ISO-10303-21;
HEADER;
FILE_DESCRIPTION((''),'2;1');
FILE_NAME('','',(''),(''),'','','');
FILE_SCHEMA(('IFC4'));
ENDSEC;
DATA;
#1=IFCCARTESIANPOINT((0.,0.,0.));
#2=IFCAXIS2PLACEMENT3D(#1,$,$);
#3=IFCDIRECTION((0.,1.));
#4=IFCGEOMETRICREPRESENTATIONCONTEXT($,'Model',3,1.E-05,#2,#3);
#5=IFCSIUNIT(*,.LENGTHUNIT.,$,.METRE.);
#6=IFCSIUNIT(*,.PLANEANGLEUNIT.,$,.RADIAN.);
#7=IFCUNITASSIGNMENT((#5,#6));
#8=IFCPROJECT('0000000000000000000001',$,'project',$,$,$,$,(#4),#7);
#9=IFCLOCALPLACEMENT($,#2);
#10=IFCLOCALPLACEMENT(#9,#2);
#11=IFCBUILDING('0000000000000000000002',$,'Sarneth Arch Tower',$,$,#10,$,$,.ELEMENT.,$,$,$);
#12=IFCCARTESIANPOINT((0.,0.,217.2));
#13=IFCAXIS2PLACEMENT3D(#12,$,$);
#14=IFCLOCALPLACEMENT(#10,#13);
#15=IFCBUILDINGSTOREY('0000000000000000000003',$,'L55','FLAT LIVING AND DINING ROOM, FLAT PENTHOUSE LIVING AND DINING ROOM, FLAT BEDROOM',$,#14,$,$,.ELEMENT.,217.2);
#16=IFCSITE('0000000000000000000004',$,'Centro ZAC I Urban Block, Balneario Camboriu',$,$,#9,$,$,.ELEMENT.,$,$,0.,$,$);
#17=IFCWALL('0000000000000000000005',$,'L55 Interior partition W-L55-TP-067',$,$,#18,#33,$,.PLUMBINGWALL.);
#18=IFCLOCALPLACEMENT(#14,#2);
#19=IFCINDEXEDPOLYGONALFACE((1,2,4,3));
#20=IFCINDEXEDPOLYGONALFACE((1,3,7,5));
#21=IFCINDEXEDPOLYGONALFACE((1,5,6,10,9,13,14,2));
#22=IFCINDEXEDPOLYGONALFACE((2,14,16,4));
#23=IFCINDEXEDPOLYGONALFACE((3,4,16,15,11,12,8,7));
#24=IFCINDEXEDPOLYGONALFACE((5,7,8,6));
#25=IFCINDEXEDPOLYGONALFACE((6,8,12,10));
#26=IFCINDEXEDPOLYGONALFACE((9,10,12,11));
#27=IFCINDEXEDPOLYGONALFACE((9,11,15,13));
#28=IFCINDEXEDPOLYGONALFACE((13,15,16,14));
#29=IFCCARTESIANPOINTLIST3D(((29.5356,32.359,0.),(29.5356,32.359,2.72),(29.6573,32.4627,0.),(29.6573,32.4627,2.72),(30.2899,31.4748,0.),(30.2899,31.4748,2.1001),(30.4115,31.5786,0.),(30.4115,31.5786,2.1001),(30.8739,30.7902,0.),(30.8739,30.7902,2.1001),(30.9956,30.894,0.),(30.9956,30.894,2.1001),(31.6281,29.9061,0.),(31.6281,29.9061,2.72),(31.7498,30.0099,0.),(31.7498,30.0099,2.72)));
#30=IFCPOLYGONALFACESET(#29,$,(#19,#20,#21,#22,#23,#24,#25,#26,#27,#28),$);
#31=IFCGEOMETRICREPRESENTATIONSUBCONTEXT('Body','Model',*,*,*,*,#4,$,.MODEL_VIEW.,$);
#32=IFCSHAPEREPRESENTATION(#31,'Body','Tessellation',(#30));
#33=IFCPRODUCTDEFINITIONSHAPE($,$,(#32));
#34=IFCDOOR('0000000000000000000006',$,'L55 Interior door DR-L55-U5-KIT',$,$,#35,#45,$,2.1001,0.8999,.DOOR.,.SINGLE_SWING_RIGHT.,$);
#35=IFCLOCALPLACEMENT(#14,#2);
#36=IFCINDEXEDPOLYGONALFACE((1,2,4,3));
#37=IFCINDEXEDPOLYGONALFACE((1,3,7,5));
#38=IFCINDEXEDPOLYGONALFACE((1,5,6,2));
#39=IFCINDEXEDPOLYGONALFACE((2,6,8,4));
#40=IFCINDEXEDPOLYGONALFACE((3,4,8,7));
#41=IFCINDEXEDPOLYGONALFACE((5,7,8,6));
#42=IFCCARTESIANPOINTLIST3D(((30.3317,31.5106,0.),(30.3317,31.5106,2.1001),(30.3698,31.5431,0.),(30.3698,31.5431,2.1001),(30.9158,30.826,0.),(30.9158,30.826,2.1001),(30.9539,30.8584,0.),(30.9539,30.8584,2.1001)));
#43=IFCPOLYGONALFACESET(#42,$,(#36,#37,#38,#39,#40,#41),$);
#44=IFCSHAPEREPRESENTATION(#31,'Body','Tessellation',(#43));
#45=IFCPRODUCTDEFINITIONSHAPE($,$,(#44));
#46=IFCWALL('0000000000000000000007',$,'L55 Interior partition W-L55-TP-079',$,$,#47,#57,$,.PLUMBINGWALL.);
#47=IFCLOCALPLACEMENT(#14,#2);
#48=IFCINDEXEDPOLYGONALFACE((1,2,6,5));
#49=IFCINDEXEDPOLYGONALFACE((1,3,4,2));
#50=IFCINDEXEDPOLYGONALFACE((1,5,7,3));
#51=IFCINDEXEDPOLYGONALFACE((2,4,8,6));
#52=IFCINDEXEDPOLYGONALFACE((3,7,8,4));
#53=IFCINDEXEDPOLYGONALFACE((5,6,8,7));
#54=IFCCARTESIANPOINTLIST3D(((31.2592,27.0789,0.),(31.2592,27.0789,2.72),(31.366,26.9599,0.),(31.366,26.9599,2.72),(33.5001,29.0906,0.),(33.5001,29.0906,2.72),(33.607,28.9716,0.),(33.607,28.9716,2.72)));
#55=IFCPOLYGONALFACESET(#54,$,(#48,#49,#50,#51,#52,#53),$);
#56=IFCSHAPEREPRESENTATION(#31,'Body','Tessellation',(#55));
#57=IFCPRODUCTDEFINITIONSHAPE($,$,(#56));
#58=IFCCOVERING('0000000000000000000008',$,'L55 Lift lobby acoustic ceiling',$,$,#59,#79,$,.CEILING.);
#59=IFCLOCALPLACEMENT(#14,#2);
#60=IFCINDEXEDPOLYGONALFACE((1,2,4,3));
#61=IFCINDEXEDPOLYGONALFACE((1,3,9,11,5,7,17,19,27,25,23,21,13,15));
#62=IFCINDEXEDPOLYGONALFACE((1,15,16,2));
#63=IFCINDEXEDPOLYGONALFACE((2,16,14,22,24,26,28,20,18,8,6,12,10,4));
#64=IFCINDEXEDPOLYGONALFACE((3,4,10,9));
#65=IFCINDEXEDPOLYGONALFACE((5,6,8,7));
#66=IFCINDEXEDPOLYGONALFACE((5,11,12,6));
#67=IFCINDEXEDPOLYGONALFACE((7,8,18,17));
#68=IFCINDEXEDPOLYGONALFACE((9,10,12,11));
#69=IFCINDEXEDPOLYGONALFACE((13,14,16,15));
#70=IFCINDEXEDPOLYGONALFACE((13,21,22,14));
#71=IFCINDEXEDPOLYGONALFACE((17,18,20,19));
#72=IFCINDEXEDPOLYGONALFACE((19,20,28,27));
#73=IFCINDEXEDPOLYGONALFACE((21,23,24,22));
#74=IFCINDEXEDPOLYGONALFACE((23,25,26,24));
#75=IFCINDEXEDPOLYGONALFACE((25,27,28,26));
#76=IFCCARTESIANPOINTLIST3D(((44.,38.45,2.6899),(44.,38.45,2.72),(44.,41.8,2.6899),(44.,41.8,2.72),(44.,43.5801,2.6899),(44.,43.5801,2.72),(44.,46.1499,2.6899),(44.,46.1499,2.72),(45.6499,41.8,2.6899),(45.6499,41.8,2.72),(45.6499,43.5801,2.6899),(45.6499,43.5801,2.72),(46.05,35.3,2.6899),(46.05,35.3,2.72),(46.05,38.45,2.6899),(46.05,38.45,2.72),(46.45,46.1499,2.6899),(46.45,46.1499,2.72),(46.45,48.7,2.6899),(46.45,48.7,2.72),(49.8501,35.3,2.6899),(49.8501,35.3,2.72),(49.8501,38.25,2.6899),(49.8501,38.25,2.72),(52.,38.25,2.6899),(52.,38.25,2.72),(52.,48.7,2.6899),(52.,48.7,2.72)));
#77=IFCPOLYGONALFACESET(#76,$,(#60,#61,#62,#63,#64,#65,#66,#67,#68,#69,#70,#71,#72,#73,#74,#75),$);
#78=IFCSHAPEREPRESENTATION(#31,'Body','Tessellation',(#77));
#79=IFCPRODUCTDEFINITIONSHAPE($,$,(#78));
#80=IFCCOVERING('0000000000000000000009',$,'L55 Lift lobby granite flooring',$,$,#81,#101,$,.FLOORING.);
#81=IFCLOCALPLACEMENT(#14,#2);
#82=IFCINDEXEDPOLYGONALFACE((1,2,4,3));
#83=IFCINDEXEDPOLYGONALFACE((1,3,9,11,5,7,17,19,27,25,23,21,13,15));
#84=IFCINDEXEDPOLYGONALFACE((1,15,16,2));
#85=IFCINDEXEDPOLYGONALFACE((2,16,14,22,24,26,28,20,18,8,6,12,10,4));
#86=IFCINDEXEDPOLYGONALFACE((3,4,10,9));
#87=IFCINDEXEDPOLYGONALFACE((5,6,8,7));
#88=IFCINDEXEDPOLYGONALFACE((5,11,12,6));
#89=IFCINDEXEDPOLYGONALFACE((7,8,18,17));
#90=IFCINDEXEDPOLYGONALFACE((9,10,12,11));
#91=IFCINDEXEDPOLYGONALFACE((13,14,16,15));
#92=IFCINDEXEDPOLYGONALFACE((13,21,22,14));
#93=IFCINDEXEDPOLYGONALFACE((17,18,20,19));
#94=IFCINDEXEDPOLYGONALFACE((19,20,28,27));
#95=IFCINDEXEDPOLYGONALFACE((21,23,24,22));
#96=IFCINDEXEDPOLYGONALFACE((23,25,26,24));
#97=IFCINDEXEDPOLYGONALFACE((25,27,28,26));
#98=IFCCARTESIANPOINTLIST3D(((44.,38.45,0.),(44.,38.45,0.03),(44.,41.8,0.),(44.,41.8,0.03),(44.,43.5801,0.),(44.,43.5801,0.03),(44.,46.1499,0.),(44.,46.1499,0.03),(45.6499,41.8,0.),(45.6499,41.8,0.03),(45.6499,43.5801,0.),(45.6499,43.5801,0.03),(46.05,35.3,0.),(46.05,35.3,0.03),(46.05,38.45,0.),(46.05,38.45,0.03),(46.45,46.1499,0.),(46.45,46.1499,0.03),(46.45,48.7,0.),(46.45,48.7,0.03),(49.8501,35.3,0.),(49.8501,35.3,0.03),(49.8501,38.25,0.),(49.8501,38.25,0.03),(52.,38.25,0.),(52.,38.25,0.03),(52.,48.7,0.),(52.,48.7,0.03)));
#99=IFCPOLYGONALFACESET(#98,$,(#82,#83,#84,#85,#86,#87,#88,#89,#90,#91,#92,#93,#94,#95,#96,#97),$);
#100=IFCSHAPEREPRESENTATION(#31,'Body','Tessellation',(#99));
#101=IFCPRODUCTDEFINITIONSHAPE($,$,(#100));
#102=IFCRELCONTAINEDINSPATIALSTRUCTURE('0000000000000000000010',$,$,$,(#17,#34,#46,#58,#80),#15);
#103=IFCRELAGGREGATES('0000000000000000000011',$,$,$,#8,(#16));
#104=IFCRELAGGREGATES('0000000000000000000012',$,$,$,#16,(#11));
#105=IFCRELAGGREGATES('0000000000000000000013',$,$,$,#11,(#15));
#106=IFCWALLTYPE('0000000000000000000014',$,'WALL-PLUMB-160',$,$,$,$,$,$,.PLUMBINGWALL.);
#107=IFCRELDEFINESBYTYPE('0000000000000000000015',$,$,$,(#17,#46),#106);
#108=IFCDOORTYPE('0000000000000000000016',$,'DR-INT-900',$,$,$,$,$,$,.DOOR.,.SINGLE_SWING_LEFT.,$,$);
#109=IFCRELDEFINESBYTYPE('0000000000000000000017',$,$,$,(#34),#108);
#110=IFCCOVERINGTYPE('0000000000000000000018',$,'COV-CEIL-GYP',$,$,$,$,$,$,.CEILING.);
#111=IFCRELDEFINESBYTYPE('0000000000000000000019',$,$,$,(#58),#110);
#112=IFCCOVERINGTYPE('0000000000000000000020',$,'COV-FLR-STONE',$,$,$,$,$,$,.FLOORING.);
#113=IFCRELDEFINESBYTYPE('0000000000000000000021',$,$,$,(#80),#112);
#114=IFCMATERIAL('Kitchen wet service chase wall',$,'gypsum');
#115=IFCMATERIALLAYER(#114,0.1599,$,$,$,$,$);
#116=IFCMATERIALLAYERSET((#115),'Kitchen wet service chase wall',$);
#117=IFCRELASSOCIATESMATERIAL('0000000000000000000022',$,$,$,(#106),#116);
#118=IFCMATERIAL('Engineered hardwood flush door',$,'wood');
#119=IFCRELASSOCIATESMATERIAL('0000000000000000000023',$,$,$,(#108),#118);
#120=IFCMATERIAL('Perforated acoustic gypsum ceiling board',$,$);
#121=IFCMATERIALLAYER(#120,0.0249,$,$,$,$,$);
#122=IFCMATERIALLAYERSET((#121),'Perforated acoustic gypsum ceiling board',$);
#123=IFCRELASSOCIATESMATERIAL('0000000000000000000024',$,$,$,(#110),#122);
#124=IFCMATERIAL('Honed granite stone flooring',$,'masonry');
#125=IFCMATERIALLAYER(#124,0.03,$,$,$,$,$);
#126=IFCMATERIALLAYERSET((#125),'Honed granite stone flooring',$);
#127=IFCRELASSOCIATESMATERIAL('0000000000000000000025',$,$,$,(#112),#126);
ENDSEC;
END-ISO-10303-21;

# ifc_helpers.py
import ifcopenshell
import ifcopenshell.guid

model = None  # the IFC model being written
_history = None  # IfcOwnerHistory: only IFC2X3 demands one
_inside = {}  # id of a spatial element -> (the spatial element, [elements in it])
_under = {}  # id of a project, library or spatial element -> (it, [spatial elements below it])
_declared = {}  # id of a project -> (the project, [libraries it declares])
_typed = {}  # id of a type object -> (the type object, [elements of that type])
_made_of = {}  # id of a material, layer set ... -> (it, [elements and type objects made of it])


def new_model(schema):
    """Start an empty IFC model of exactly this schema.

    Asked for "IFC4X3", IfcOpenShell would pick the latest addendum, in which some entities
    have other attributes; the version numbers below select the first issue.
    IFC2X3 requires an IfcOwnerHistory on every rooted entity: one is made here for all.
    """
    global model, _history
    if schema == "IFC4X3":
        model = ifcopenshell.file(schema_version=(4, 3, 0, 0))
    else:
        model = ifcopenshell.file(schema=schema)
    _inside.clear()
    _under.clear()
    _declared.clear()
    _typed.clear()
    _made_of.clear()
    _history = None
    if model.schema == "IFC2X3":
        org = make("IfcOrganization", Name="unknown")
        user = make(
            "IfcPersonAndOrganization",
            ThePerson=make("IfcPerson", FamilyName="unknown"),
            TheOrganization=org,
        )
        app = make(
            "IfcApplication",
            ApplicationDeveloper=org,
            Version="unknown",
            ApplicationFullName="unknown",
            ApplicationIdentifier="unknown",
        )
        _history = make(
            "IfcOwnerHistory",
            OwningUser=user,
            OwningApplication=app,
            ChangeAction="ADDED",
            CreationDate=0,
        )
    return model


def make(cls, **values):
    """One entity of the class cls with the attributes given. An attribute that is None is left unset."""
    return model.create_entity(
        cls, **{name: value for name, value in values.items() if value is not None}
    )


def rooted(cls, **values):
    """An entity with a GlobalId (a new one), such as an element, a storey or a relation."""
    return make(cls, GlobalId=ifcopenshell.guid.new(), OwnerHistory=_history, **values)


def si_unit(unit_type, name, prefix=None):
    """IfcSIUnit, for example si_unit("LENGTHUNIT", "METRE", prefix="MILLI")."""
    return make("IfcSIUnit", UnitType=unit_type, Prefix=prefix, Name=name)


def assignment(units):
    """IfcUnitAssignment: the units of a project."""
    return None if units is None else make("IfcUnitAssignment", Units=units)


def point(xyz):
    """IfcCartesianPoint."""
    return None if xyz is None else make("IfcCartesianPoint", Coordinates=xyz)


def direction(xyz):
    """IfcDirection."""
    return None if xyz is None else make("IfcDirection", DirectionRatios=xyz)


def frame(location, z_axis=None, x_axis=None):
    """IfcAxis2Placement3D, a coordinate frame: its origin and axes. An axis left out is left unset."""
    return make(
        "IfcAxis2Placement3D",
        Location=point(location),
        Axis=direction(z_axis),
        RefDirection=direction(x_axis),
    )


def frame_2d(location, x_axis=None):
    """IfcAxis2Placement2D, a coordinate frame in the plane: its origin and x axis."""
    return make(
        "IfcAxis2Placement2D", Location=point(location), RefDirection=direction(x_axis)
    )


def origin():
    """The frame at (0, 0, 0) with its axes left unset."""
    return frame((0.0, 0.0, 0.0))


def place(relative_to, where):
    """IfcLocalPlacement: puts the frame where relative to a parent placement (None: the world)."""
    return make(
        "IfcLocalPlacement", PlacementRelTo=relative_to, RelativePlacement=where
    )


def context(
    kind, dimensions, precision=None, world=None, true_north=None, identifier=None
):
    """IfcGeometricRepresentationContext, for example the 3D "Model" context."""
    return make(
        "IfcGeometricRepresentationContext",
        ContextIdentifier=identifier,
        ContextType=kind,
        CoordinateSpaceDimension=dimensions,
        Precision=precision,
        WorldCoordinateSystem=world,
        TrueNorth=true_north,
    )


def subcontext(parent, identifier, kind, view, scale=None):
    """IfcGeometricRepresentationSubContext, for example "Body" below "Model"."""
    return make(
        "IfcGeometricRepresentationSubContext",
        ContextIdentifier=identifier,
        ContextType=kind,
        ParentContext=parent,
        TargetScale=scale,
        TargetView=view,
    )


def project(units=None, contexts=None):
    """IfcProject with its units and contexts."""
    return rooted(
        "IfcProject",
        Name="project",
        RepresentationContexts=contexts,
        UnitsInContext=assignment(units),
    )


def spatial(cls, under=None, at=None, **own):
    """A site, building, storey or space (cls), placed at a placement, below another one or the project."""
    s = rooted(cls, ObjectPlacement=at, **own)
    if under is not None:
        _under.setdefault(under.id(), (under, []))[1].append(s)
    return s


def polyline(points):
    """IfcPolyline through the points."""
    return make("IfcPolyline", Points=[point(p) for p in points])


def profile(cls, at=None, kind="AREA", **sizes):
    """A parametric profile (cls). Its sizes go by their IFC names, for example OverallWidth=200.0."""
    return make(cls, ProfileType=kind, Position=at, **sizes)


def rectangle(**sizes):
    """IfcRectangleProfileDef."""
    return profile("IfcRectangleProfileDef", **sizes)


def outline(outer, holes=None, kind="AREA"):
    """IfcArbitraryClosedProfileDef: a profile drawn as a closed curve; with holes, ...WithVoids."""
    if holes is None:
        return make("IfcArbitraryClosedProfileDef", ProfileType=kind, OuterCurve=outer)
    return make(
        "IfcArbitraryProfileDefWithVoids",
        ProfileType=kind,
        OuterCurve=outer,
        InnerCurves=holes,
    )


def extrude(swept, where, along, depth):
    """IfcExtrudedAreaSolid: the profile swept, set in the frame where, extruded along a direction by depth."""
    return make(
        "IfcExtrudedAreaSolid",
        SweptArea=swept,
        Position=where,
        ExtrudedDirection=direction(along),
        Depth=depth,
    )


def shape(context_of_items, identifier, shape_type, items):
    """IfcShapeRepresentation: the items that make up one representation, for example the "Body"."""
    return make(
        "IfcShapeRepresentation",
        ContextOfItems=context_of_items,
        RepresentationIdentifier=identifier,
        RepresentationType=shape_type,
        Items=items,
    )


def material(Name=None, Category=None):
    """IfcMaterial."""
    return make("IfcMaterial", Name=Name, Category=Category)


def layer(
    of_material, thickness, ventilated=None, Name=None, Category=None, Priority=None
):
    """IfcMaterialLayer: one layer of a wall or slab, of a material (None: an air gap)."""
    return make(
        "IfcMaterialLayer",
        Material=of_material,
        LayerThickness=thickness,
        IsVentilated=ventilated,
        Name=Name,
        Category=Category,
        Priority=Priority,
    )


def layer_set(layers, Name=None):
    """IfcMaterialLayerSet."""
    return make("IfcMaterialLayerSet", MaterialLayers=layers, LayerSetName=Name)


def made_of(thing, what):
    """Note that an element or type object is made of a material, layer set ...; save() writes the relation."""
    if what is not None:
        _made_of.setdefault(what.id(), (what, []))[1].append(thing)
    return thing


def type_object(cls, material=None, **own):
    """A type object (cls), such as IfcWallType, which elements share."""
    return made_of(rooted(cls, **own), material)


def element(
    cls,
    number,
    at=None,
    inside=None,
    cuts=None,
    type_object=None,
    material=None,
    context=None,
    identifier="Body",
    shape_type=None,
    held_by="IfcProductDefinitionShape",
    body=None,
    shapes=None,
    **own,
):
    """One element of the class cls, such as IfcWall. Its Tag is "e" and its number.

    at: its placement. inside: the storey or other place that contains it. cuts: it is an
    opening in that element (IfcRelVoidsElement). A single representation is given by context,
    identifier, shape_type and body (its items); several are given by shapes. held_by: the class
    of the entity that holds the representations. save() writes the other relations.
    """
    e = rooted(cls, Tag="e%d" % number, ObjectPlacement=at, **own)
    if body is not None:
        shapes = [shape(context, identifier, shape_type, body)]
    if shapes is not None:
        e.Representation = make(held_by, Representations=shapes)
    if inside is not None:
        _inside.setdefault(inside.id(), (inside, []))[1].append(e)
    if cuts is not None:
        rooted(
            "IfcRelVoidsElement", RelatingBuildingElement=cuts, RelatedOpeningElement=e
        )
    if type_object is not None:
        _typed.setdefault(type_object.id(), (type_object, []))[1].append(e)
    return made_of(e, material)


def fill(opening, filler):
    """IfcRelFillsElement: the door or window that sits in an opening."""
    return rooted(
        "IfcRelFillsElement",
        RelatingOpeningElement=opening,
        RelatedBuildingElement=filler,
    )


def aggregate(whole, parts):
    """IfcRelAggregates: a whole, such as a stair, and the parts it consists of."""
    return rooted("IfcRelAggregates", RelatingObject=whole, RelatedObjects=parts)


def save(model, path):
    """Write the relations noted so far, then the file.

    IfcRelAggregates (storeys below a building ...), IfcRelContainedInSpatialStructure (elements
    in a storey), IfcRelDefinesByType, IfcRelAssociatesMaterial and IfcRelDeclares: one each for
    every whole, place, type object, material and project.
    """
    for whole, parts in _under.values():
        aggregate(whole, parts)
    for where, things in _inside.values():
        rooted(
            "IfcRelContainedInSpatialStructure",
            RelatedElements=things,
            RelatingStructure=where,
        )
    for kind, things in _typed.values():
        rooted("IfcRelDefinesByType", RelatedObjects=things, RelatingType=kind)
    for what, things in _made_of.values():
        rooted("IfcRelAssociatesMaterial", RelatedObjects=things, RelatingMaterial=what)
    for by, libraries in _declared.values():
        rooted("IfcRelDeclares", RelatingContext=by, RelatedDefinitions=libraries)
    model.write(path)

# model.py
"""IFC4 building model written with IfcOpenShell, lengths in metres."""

from ifc_helpers import new_model, si_unit, direction, frame, frame_2d, origin, place, context, subcontext, project, spatial, polyline, rectangle, outline, extrude, material, layer, layer_set, type_object, element, fill, save


model = new_model("IFC4")

# Units and contexts
model_context = context("Model", 3, precision=1e-05, world=origin(), true_north=direction((0.0, 1.0)))
body_context = subcontext(model_context, "Body", "Model", "MODEL_VIEW")
ifc_project = project(units=[si_unit("LENGTHUNIT", "METRE"), si_unit("PLANEANGLEUNIT", "RADIAN")], contexts=[model_context])

# Site, building, storey
site_placement = place(None, origin())
site = spatial("IfcSite", under=ifc_project, at=site_placement, Name="Centro ZAC I Urban Block, Balneario Camboriu", CompositionType="ELEMENT", RefElevation=0.0)
building_placement = place(site_placement, origin())
building = spatial("IfcBuilding", under=site, at=building_placement, Name="Sarneth Arch Tower", CompositionType="ELEMENT")
storey_placement = place(building_placement, frame((0.0, 0.0, 217.2)))
storey = spatial("IfcBuildingStorey", under=building, at=storey_placement, Name="L55", Description="FLAT LIVING AND DINING ROOM, FLAT PENTHOUSE LIVING AND DINING ROOM, FLAT BEDROOM", CompositionType="ELEMENT", Elevation=217.2)

# Wall, opening, door
ifc_material_1 = material(Name="Kitchen wet service chase wall", Category="gypsum")
ifc_layer_1 = layer(ifc_material_1, 0.1599)
ifc_layer_set_1 = layer_set([ifc_layer_1], Name="Kitchen wet service chase wall")
wall_type_1 = type_object("IfcWallType", Name="WALL-PLUMB-160", PredefinedType="PLUMBINGWALL", material=ifc_layer_set_1)
wall_1_placement = place(storey_placement, frame((31.689, 29.958, 0.0), z_axis=(0.0, 0.0, 1.0), x_axis=(-0.649012, 0.760778, 0.0)))
wall_1 = element("IfcWall", 1, at=wall_1_placement, inside=storey, type_object=wall_type_1, Name="L55 Interior partition W-L55-TP-067", PredefinedType="PLUMBINGWALL", context=body_context, shape_type="SweptSolid", body=[
    extrude(rectangle(XDim=3.2241, YDim=0.1599, at=frame_2d((1.6121, 0.0))), origin(), (0.0, 0.0, 1.0), 2.72),
])
opening_1_placement = place(wall_1_placement, frame((1.1621, 0.0, 0.0)))
opening_1 = element("IfcOpeningElement", 2, at=opening_1_placement, cuts=wall_1, PredefinedType="OPENING", context=body_context, shape_type="SweptSolid", body=[
    extrude(rectangle(XDim=0.8999, YDim=2.1001, at=frame_2d((0.45, 1.05))), frame((0.0, 0.0898, 0.0), z_axis=(0.0, -1.0, 0.0), x_axis=(1.0, 0.0, 0.0)), (0.0, 0.0, 1.0), 0.1799),
])
ifc_material_2 = material(Name="Engineered hardwood flush door", Category="wood")
door_type = type_object("IfcDoorType", Name="DR-INT-900", OperationType="SINGLE_SWING_LEFT", PredefinedType="DOOR", material=ifc_material_2)
door_placement = place(opening_1_placement, origin())
door = element("IfcDoor", 3, at=door_placement, inside=storey, type_object=door_type, Name="L55 Interior door DR-L55-U5-KIT", OperationType="SINGLE_SWING_RIGHT", OverallHeight=2.1001, OverallWidth=0.8999, PredefinedType="DOOR", context=body_context, shape_type="SweptSolid", body=[
    extrude(rectangle(XDim=0.8999, YDim=2.1001, at=frame_2d((0.45, 1.05))), frame((0.0, 0.0249, 0.0), z_axis=(0.0, -1.0, 0.0), x_axis=(1.0, 0.0, 0.0)), (0.0, 0.0, 1.0), 0.05),
])
fill(opening_1, door)

# Wall
wall_2_placement = place(storey_placement, frame((31.3125, 27.0193, 0.0), z_axis=(0.0, 0.0, 1.0), x_axis=(0.744144, 0.668019, 0.0)))
element("IfcWall", 4, at=wall_2_placement, inside=storey, type_object=wall_type_1, Name="L55 Interior partition W-L55-TP-079", PredefinedType="PLUMBINGWALL", context=body_context, shape_type="SweptSolid", body=[
    extrude(rectangle(XDim=3.0115, YDim=0.1599, at=frame_2d((1.5059, 0.0))), origin(), (0.0, 0.0, 1.0), 2.72),
])

# Coverings
ifc_material_3 = material(Name="Perforated acoustic gypsum ceiling board")
ifc_layer_2 = layer(ifc_material_3, 0.0249)
ifc_layer_set_2 = layer_set([ifc_layer_2], Name="Perforated acoustic gypsum ceiling board")
covering_type_1 = type_object("IfcCoveringType", Name="COV-CEIL-GYP", PredefinedType="CEILING", material=ifc_layer_set_2)
covering_1_placement = place(storey_placement, frame((0.0, 0.0, 2.6899)))
element("IfcCovering", 5, at=covering_1_placement, inside=storey, type_object=covering_type_1, Name="L55 Lift lobby acoustic ceiling", PredefinedType="CEILING", context=body_context, shape_type="SweptSolid", body=[
    extrude(outline(polyline([(49.8501, 38.25), (49.8501, 35.3), (46.05, 35.3), (46.05, 38.45), (44.0, 38.45), (44.0, 41.8), (45.6499, 41.8), (45.6499, 43.5801), (44.0, 43.5801), (44.0, 46.1499), (46.45, 46.1499), (46.45, 48.7), (52.0, 48.7), (52.0, 38.25), (49.8501, 38.25)])), origin(), (0.0, 0.0, 1.0), 0.03),
])
ifc_material_4 = material(Name="Honed granite stone flooring", Category="masonry")
ifc_layer_3 = layer(ifc_material_4, 0.03)
ifc_layer_set_3 = layer_set([ifc_layer_3], Name="Honed granite stone flooring")
covering_type_2 = type_object("IfcCoveringType", Name="COV-FLR-STONE", PredefinedType="FLOORING", material=ifc_layer_set_3)
covering_2_placement = place(storey_placement, origin())
element("IfcCovering", 6, at=covering_2_placement, inside=storey, type_object=covering_type_2, Name="L55 Lift lobby granite flooring", PredefinedType="FLOORING", context=body_context, shape_type="SweptSolid", body=[
    extrude(outline(polyline([(49.8501, 38.25), (49.8501, 35.3), (46.05, 35.3), (46.05, 38.45), (44.0, 38.45), (44.0, 41.8), (45.6499, 41.8), (45.6499, 43.5801), (44.0, 43.5801), (44.0, 46.1499), (46.45, 46.1499), (46.45, 48.7), (52.0, 48.7), (52.0, 38.25), (49.8501, 38.25)])), origin(), (0.0, 0.0, 1.0), 0.03),
])

save(model, "model.ifc")
